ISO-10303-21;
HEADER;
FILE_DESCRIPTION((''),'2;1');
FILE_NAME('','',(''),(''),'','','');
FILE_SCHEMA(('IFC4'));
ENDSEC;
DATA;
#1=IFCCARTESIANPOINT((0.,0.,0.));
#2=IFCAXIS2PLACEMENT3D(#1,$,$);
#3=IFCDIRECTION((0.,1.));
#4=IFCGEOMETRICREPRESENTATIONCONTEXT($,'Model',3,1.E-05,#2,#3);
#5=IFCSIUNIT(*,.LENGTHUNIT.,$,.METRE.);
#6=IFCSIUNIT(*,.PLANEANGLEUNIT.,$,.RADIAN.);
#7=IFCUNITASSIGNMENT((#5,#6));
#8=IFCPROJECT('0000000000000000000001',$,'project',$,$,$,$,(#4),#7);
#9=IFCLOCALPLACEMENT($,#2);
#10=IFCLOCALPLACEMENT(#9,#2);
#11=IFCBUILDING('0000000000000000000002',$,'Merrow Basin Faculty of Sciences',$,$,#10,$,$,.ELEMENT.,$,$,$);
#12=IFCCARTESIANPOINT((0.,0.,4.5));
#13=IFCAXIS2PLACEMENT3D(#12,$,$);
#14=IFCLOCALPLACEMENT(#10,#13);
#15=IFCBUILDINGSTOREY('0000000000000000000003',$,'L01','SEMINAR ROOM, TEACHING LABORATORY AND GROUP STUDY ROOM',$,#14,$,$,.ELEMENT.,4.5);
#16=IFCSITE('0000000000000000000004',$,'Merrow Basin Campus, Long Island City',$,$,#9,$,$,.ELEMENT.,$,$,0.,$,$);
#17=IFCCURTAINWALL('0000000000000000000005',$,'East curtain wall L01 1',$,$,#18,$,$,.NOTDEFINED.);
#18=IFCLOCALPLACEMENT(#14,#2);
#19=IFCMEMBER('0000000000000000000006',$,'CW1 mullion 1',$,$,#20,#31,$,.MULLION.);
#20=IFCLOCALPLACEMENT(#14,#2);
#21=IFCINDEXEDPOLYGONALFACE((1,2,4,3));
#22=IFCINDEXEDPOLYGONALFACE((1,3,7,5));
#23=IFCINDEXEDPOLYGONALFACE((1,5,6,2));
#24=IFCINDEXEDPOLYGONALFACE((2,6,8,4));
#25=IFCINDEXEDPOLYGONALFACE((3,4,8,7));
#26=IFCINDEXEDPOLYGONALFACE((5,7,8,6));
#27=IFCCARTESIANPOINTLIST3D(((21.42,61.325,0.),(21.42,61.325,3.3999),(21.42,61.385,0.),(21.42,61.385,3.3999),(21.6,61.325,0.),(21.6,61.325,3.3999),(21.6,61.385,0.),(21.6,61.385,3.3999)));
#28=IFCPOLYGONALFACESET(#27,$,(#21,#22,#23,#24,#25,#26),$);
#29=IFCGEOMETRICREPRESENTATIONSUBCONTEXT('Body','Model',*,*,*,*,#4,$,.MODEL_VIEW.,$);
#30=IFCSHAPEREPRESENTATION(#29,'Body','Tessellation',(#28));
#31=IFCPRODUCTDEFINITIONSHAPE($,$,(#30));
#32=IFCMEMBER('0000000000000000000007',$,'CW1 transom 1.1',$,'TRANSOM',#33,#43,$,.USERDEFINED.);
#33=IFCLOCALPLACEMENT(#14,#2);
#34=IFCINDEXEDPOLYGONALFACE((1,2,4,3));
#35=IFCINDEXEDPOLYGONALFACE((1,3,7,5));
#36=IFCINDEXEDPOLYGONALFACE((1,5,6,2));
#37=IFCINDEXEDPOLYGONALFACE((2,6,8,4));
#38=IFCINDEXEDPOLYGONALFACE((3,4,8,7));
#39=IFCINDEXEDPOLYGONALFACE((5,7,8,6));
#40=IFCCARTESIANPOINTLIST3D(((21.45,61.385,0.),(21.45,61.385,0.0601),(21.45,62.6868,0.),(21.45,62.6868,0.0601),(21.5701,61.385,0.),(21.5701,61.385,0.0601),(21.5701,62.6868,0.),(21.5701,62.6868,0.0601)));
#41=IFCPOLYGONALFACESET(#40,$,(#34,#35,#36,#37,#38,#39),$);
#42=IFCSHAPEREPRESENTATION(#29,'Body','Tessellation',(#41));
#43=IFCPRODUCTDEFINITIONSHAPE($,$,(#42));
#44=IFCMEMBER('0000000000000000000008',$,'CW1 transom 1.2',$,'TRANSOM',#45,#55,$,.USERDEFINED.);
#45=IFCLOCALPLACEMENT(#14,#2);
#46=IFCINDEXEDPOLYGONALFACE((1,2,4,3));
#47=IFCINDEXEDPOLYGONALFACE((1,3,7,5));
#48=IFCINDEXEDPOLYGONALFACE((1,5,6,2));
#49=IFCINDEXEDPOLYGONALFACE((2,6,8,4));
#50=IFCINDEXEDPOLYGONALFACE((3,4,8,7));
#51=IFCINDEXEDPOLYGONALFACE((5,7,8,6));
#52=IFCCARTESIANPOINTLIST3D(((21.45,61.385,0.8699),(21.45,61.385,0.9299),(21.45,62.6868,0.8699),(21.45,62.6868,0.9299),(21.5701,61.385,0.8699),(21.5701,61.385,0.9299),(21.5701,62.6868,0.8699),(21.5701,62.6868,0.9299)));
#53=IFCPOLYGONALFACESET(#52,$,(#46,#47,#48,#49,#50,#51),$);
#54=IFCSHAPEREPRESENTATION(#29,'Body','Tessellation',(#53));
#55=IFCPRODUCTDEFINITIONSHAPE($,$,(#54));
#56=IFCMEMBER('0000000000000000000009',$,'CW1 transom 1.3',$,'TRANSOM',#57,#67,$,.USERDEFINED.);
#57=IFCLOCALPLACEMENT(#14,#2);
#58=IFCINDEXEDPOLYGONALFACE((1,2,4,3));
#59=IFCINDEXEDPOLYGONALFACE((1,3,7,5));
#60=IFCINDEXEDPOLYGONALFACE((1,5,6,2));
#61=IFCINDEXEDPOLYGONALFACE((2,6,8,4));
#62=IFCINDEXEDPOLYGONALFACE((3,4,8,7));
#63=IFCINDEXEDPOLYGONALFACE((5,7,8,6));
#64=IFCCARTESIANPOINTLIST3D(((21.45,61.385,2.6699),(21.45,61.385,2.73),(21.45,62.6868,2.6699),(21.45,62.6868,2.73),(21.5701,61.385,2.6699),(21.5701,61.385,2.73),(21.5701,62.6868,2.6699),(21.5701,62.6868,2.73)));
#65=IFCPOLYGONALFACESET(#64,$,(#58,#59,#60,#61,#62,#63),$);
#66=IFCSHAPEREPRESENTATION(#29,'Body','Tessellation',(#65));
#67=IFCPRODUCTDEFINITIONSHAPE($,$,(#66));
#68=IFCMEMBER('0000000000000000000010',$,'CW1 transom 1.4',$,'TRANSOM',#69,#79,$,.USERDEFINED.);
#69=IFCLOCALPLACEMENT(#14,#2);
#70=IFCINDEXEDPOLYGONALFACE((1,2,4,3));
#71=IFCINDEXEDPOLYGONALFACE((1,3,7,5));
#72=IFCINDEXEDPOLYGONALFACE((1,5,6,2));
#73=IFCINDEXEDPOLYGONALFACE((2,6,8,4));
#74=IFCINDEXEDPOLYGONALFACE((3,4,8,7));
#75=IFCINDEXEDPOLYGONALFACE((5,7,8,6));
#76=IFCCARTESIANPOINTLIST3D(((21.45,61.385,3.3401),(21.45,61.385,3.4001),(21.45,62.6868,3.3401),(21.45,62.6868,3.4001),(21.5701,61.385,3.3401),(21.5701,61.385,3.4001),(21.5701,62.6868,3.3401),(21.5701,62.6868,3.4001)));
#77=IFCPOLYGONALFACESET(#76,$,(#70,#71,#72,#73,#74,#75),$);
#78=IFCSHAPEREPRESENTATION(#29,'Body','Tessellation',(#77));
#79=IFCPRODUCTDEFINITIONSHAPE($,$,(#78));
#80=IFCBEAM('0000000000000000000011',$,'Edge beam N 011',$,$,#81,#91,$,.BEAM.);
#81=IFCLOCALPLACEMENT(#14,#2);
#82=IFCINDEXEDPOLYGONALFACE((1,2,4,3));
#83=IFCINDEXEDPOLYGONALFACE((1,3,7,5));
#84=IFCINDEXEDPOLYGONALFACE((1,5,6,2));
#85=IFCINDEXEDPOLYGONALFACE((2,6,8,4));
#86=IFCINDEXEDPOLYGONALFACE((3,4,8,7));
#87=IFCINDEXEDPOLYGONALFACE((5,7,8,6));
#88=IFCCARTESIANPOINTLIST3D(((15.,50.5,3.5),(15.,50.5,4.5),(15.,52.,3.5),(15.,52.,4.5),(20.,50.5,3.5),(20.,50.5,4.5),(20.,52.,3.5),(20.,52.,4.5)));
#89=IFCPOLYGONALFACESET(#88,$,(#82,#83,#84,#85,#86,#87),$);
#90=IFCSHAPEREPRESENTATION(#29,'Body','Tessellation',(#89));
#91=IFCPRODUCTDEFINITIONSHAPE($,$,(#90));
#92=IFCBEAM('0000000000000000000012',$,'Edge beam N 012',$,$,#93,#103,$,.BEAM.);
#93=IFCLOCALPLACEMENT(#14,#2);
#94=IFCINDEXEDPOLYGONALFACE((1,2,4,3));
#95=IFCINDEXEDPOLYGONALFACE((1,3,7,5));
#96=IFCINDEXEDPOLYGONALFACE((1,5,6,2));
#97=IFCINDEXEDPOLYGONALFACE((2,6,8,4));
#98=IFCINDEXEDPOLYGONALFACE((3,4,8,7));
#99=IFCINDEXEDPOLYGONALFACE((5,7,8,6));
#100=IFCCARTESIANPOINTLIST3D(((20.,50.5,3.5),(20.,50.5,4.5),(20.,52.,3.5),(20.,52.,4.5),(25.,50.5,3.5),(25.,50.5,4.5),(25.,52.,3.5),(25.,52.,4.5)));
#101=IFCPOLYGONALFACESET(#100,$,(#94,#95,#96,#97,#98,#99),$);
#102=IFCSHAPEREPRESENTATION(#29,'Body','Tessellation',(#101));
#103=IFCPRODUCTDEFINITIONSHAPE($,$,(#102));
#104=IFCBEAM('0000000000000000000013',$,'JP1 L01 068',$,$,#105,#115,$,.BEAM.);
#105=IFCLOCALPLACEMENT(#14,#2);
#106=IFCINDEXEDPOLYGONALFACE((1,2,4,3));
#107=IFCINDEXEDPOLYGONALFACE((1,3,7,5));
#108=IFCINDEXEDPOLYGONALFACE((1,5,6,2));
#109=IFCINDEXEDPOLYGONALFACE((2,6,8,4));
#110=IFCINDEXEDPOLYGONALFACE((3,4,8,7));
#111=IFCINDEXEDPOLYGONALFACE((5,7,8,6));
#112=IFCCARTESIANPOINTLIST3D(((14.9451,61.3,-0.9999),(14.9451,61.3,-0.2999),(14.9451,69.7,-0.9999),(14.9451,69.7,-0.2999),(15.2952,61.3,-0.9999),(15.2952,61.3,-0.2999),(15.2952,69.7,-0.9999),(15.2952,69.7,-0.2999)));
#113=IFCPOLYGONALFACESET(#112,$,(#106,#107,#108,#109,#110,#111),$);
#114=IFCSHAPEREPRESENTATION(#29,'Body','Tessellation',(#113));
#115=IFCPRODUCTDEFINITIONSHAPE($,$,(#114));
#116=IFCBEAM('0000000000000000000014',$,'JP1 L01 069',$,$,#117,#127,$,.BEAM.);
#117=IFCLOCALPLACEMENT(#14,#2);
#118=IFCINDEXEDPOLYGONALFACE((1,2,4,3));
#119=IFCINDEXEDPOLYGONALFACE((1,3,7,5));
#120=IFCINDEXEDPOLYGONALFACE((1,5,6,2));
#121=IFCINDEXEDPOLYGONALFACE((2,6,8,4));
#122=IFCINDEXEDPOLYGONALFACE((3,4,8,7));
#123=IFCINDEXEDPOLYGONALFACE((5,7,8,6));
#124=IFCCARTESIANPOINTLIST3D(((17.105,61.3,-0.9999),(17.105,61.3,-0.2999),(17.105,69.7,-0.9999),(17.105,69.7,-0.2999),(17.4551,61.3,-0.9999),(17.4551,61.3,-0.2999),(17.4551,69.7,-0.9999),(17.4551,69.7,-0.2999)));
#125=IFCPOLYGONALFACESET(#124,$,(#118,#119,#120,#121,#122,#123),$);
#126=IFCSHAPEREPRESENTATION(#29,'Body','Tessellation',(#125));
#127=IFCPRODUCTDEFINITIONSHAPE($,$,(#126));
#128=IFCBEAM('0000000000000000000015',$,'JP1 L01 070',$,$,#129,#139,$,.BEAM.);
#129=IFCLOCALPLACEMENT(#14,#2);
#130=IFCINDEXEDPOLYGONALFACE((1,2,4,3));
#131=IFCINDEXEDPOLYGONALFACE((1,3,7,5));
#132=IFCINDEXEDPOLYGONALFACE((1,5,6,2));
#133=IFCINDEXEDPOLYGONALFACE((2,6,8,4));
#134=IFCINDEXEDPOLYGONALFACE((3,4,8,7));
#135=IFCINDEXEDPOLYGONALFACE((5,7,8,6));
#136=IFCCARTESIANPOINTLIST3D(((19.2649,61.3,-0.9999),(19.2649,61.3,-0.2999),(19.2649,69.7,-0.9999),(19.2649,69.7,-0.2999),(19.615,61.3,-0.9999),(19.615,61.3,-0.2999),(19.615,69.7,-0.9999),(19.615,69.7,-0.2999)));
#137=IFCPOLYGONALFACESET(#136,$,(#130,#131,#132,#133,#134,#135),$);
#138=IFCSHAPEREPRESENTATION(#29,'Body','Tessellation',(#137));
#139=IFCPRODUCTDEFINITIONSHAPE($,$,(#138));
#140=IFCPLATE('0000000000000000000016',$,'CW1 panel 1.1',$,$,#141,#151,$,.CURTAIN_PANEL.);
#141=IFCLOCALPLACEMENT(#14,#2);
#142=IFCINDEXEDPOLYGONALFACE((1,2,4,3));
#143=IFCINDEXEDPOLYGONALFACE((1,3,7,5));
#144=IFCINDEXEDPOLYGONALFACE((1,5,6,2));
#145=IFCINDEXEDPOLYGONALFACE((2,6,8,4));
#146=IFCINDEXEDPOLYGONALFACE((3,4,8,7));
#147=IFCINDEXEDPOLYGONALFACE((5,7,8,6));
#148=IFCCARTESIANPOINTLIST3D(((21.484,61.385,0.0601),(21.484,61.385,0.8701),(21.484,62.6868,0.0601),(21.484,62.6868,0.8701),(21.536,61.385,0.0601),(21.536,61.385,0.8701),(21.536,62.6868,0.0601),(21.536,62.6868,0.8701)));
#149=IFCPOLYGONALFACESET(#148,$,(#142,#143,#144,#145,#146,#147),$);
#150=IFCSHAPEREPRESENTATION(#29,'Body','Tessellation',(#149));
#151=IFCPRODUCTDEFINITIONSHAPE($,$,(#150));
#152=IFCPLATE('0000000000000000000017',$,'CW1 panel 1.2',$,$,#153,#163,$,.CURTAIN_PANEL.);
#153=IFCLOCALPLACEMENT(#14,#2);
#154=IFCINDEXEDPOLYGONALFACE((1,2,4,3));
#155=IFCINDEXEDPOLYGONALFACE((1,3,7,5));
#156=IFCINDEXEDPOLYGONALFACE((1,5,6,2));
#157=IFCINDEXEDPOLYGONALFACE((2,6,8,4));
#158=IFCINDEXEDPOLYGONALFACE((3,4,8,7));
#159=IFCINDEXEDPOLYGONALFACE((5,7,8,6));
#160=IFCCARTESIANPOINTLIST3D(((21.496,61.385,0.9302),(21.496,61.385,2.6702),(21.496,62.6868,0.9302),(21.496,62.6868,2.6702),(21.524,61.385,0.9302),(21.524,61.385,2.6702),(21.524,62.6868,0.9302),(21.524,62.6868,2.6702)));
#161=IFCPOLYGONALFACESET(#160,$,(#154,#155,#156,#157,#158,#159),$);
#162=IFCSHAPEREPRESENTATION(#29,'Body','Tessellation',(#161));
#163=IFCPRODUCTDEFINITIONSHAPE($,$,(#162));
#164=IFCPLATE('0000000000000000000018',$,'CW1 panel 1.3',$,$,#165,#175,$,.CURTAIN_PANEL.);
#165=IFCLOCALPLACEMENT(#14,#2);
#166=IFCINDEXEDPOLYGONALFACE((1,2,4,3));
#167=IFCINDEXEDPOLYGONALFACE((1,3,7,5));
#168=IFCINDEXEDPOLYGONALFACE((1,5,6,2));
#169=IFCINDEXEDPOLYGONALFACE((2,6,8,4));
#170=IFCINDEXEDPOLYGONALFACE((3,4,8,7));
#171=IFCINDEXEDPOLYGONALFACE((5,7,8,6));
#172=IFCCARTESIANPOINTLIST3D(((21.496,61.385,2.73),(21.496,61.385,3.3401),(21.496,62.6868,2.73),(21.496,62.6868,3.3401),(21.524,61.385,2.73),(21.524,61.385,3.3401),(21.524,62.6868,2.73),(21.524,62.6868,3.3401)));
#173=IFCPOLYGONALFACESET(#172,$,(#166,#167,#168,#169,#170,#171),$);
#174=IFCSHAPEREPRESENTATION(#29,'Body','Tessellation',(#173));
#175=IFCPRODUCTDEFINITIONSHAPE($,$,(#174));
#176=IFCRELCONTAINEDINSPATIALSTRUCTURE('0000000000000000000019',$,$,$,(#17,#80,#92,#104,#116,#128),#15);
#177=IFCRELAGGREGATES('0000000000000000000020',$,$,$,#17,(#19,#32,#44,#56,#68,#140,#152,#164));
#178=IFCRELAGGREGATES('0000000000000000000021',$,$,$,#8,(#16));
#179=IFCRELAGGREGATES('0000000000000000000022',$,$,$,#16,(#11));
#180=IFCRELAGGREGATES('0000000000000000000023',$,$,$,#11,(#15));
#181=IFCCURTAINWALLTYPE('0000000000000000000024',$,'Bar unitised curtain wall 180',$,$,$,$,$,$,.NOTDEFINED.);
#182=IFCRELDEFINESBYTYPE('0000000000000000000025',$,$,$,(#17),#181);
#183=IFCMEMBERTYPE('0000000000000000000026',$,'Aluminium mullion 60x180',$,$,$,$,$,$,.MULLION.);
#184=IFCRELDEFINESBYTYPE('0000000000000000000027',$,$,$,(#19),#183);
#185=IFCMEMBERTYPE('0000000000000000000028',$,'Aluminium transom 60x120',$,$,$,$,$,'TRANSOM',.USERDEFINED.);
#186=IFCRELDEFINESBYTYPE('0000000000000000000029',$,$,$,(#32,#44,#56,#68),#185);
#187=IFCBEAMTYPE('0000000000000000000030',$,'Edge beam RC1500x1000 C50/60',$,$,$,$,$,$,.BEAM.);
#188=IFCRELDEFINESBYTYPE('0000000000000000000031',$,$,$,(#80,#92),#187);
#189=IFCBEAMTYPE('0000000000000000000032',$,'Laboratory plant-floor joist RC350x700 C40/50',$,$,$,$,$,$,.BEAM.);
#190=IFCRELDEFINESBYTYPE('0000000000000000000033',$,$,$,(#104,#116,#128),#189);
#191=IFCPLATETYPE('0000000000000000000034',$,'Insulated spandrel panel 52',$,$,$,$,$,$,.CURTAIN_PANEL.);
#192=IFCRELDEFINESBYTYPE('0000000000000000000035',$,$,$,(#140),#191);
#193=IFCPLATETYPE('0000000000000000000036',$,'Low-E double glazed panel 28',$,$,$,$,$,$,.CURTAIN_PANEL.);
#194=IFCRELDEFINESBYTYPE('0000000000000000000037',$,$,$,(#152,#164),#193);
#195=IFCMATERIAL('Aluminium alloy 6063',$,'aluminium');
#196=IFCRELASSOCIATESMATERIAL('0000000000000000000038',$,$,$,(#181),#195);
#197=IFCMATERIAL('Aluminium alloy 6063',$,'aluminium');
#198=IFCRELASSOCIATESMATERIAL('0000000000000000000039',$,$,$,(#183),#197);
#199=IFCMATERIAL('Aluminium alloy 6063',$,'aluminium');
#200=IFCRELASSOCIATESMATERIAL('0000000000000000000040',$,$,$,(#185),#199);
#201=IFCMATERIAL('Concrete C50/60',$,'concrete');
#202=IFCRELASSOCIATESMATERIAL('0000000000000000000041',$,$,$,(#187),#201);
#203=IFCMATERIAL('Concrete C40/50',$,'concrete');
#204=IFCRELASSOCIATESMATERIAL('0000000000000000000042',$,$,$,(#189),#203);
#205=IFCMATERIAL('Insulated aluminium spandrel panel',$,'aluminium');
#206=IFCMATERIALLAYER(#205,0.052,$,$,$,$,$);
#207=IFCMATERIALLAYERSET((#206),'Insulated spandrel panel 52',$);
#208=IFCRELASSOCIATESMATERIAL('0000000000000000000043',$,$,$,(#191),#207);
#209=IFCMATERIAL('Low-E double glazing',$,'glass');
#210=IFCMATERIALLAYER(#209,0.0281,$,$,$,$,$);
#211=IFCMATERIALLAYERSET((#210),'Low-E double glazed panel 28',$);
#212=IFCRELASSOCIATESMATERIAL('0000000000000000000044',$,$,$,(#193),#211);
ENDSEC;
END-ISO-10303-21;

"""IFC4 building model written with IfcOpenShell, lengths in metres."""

from ifc_helpers import new_model, si_unit, direction, frame, origin, origin_2d, place, context, subcontext, project, spatial, rectangle, extrude, material, layer, layer_set, material_profile, profile_set, type_object, element, aggregate, save


model = new_model("IFC4")

# Units and contexts
model_context = context("Model", 3, precision=1e-05, world=origin(), true_north=direction((0.0, 1.0)))
body_context = subcontext(model_context, "Body", "Model", "MODEL_VIEW")
ifc_project = project(units=[si_unit("LENGTHUNIT", "METRE"), si_unit("PLANEANGLEUNIT", "RADIAN")], contexts=[model_context])

# Site, building, storey
site_placement = place(None, origin())
site = spatial("IfcSite", under=ifc_project, at=site_placement, Name="Merrow Basin Campus, Long Island City", CompositionType="ELEMENT", RefElevation=0.0)
building_placement = place(site_placement, origin())
building = spatial("IfcBuilding", under=site, at=building_placement, Name="Merrow Basin Faculty of Sciences", CompositionType="ELEMENT")
storey_placement = place(building_placement, frame((0.0, 0.0, 4.5)))
storey = spatial("IfcBuildingStorey", under=building, at=storey_placement, Name="L01", Description="SEMINAR ROOM, TEACHING LABORATORY AND GROUP STUDY ROOM", CompositionType="ELEMENT", Elevation=4.5)

# Curtain wall, members
ifc_material_1 = material(Name="Aluminium alloy 6063", Category="aluminium")
curtain_wall_type = type_object("IfcCurtainWallType", Name="Bar unitised curtain wall 180", PredefinedType="NOTDEFINED", material=ifc_material_1)
curtain_wall_placement = place(storey_placement, origin())
curtain_wall = element("IfcCurtainWall", 1, at=curtain_wall_placement, inside=storey, type_object=curtain_wall_type, Name="East curtain wall L01 1", PredefinedType="NOTDEFINED")
ifc_material_2 = material(Name="Aluminium alloy 6063", Category="aluminium")
ifc_material_profile_1 = material_profile(ifc_material_2, rectangle(XDim=0.1799, YDim=0.0601, at=origin_2d()))
ifc_profile_set_1 = profile_set([ifc_material_profile_1], Name="Aluminium alloy 6063")
member_type_1 = type_object("IfcMemberType", Name="Aluminium mullion 60x180", PredefinedType="MULLION", material=ifc_profile_set_1)
member_1_placement = place(storey_placement, frame((21.51, 61.355, 0.0), z_axis=(0.0, 0.0, 1.0), x_axis=(-1.0, 0.0, 0.0)))
member_1 = element("IfcMember", 2, at=member_1_placement, type_object=member_type_1, Name="CW1 mullion 1", PredefinedType="MULLION", context=body_context, shape_type="SweptSolid", body=[
    extrude(rectangle(XDim=0.1799, YDim=0.0601, at=origin_2d()), origin(), (0.0, 0.0, 1.0), 3.3999),
])
ifc_material_3 = material(Name="Aluminium alloy 6063", Category="aluminium")
ifc_material_profile_2 = material_profile(ifc_material_3, rectangle(XDim=0.1201, YDim=0.0601, at=origin_2d()))
ifc_profile_set_2 = profile_set([ifc_material_profile_2], Name="Aluminium alloy 6063")
member_type_2 = type_object("IfcMemberType", Name="Aluminium transom 60x120", ElementType="TRANSOM", PredefinedType="USERDEFINED", material=ifc_profile_set_2)
member_2_placement = place(storey_placement, frame((21.51, 61.385, 0.03), z_axis=(0.0, 1.0, 0.0), x_axis=(-1.0, 0.0, 0.0)))
member_2 = element("IfcMember", 3, at=member_2_placement, type_object=member_type_2, Name="CW1 transom 1.1", ObjectType="TRANSOM", PredefinedType="USERDEFINED", context=body_context, shape_type="SweptSolid", body=[
    extrude(rectangle(XDim=0.1201, YDim=0.0601, at=origin_2d()), origin(), (0.0, 0.0, 1.0), 1.3018),
])
member_3_placement = place(storey_placement, frame((21.51, 61.385, 0.8999), z_axis=(0.0, 1.0, 0.0), x_axis=(-1.0, 0.0, 0.0)))
member_3 = element("IfcMember", 4, at=member_3_placement, type_object=member_type_2, Name="CW1 transom 1.2", ObjectType="TRANSOM", PredefinedType="USERDEFINED", context=body_context, shape_type="SweptSolid", body=[
    extrude(rectangle(XDim=0.1201, YDim=0.0601, at=origin_2d()), origin(), (0.0, 0.0, 1.0), 1.3018),
])
member_4_placement = place(storey_placement, frame((21.51, 61.385, 2.7), z_axis=(0.0, 1.0, 0.0), x_axis=(-1.0, 0.0, 0.0)))
member_4 = element("IfcMember", 5, at=member_4_placement, type_object=member_type_2, Name="CW1 transom 1.3", ObjectType="TRANSOM", PredefinedType="USERDEFINED", context=body_context, shape_type="SweptSolid", body=[
    extrude(rectangle(XDim=0.1201, YDim=0.0601, at=origin_2d()), origin(), (0.0, 0.0, 1.0), 1.3018),
])
member_5_placement = place(storey_placement, frame((21.51, 61.385, 3.3701), z_axis=(0.0, 1.0, 0.0), x_axis=(-1.0, 0.0, 0.0)))
member_5 = element("IfcMember", 6, at=member_5_placement, type_object=member_type_2, Name="CW1 transom 1.4", ObjectType="TRANSOM", PredefinedType="USERDEFINED", context=body_context, shape_type="SweptSolid", body=[
    extrude(rectangle(XDim=0.1201, YDim=0.0601, at=origin_2d()), origin(), (0.0, 0.0, 1.0), 1.3018),
])

# Beams
ifc_material_4 = material(Name="Concrete C50/60", Category="concrete")
ifc_material_profile_3 = material_profile(ifc_material_4, rectangle(XDim=1.5, YDim=1.0, at=origin_2d()))
ifc_profile_set_3 = profile_set([ifc_material_profile_3], Name="Concrete C50/60")
beam_type_1 = type_object("IfcBeamType", Name="Edge beam RC1500x1000 C50/60", PredefinedType="BEAM", material=ifc_profile_set_3)
for number, where, z_axis, x_axis, name in (
    (7, (15.0, 51.25, 4.0), (1.0, 0.0, 0.0), (0.0, 1.0, 0.0), "Edge beam N 011"),
    (8, (20.0, 51.25, 4.0), (1.0, 0.0, 0.0), (0.0, 1.0, 0.0), "Edge beam N 012"),
):
    element("IfcBeam", number, at=place(storey_placement, frame(where, z_axis=z_axis, x_axis=x_axis)), inside=storey, type_object=beam_type_1, Name=name, PredefinedType="BEAM", context=body_context, shape_type="SweptSolid", body=[
        extrude(rectangle(XDim=1.5, YDim=1.0, at=origin_2d()), origin(), (0.0, 0.0, 1.0), 5.0),
    ])
ifc_material_5 = material(Name="Concrete C40/50", Category="concrete")
ifc_material_profile_4 = material_profile(ifc_material_5, rectangle(XDim=0.3501, YDim=0.7, at=origin_2d()))
ifc_profile_set_4 = profile_set([ifc_material_profile_4], Name="Concrete C40/50")
beam_type_2 = type_object("IfcBeamType", Name="Laboratory plant-floor joist RC350x700 C40/50", PredefinedType="BEAM", material=ifc_profile_set_4)
for number, where, z_axis, x_axis, name in (
    (9, (15.1201, 61.3, -0.6499), (0.0, 1.0, 0.0), (-1.0, 0.0, 0.0), "JP1 L01 068"),
    (10, (17.28, 61.3, -0.6499), (0.0, 1.0, 0.0), (-1.0, 0.0, 0.0), "JP1 L01 069"),
    (11, (19.4399, 61.3, -0.6499), (0.0, 1.0, 0.0), (-1.0, 0.0, 0.0), "JP1 L01 070"),
):
    element("IfcBeam", number, at=place(storey_placement, frame(where, z_axis=z_axis, x_axis=x_axis)), inside=storey, type_object=beam_type_2, Name=name, PredefinedType="BEAM", context=body_context, shape_type="SweptSolid", body=[
        extrude(rectangle(XDim=0.3501, YDim=0.7, at=origin_2d()), origin(), (0.0, 0.0, 1.0), 8.3999),
    ])

# Plates
ifc_material_6 = material(Name="Insulated aluminium spandrel panel", Category="aluminium")
ifc_layer_1 = layer(ifc_material_6, 0.052)
ifc_layer_set_1 = layer_set([ifc_layer_1], Name="Insulated spandrel panel 52")
plate_type_1 = type_object("IfcPlateType", Name="Insulated spandrel panel 52", PredefinedType="CURTAIN_PANEL", material=ifc_layer_set_1)
plate_1_placement = place(storey_placement, frame((21.51, 62.0359, 0.0601), z_axis=(0.0, 0.0, 1.0), x_axis=(0.0, 1.0, 0.0)))
plate_1 = element("IfcPlate", 12, at=plate_1_placement, type_object=plate_type_1, Name="CW1 panel 1.1", PredefinedType="CURTAIN_PANEL", context=body_context, shape_type="SweptSolid", body=[
    extrude(rectangle(XDim=1.3018, YDim=0.052, at=origin_2d()), origin(), (0.0, 0.0, 1.0), 0.8101),
])
ifc_material_7 = material(Name="Low-E double glazing", Category="glass")
ifc_layer_2 = layer(ifc_material_7, 0.0281)
ifc_layer_set_2 = layer_set([ifc_layer_2], Name="Low-E double glazed panel 28")
plate_type_2 = type_object("IfcPlateType", Name="Low-E double glazed panel 28", PredefinedType="CURTAIN_PANEL", material=ifc_layer_set_2)
plate_2_placement = place(storey_placement, frame((21.51, 62.0359, 0.9302), z_axis=(0.0, 0.0, 1.0), x_axis=(0.0, 1.0, 0.0)))
plate_2 = element("IfcPlate", 13, at=plate_2_placement, type_object=plate_type_2, Name="CW1 panel 1.2", PredefinedType="CURTAIN_PANEL", context=body_context, shape_type="SweptSolid", body=[
    extrude(rectangle(XDim=1.3018, YDim=0.0281, at=origin_2d()), origin(), (0.0, 0.0, 1.0), 1.74),
])
plate_3_placement = place(storey_placement, frame((21.51, 62.0359, 2.73), z_axis=(0.0, 0.0, 1.0), x_axis=(0.0, 1.0, 0.0)))
plate_3 = element("IfcPlate", 14, at=plate_3_placement, type_object=plate_type_2, Name="CW1 panel 1.3", PredefinedType="CURTAIN_PANEL", context=body_context, shape_type="SweptSolid", body=[
    extrude(rectangle(XDim=1.3018, YDim=0.0281, at=origin_2d()), origin(), (0.0, 0.0, 1.0), 0.6101),
])
aggregate(curtain_wall, [member_1, member_2, member_3, member_4, member_5, plate_1, plate_2, plate_3])

save(model, "model.ifc")
